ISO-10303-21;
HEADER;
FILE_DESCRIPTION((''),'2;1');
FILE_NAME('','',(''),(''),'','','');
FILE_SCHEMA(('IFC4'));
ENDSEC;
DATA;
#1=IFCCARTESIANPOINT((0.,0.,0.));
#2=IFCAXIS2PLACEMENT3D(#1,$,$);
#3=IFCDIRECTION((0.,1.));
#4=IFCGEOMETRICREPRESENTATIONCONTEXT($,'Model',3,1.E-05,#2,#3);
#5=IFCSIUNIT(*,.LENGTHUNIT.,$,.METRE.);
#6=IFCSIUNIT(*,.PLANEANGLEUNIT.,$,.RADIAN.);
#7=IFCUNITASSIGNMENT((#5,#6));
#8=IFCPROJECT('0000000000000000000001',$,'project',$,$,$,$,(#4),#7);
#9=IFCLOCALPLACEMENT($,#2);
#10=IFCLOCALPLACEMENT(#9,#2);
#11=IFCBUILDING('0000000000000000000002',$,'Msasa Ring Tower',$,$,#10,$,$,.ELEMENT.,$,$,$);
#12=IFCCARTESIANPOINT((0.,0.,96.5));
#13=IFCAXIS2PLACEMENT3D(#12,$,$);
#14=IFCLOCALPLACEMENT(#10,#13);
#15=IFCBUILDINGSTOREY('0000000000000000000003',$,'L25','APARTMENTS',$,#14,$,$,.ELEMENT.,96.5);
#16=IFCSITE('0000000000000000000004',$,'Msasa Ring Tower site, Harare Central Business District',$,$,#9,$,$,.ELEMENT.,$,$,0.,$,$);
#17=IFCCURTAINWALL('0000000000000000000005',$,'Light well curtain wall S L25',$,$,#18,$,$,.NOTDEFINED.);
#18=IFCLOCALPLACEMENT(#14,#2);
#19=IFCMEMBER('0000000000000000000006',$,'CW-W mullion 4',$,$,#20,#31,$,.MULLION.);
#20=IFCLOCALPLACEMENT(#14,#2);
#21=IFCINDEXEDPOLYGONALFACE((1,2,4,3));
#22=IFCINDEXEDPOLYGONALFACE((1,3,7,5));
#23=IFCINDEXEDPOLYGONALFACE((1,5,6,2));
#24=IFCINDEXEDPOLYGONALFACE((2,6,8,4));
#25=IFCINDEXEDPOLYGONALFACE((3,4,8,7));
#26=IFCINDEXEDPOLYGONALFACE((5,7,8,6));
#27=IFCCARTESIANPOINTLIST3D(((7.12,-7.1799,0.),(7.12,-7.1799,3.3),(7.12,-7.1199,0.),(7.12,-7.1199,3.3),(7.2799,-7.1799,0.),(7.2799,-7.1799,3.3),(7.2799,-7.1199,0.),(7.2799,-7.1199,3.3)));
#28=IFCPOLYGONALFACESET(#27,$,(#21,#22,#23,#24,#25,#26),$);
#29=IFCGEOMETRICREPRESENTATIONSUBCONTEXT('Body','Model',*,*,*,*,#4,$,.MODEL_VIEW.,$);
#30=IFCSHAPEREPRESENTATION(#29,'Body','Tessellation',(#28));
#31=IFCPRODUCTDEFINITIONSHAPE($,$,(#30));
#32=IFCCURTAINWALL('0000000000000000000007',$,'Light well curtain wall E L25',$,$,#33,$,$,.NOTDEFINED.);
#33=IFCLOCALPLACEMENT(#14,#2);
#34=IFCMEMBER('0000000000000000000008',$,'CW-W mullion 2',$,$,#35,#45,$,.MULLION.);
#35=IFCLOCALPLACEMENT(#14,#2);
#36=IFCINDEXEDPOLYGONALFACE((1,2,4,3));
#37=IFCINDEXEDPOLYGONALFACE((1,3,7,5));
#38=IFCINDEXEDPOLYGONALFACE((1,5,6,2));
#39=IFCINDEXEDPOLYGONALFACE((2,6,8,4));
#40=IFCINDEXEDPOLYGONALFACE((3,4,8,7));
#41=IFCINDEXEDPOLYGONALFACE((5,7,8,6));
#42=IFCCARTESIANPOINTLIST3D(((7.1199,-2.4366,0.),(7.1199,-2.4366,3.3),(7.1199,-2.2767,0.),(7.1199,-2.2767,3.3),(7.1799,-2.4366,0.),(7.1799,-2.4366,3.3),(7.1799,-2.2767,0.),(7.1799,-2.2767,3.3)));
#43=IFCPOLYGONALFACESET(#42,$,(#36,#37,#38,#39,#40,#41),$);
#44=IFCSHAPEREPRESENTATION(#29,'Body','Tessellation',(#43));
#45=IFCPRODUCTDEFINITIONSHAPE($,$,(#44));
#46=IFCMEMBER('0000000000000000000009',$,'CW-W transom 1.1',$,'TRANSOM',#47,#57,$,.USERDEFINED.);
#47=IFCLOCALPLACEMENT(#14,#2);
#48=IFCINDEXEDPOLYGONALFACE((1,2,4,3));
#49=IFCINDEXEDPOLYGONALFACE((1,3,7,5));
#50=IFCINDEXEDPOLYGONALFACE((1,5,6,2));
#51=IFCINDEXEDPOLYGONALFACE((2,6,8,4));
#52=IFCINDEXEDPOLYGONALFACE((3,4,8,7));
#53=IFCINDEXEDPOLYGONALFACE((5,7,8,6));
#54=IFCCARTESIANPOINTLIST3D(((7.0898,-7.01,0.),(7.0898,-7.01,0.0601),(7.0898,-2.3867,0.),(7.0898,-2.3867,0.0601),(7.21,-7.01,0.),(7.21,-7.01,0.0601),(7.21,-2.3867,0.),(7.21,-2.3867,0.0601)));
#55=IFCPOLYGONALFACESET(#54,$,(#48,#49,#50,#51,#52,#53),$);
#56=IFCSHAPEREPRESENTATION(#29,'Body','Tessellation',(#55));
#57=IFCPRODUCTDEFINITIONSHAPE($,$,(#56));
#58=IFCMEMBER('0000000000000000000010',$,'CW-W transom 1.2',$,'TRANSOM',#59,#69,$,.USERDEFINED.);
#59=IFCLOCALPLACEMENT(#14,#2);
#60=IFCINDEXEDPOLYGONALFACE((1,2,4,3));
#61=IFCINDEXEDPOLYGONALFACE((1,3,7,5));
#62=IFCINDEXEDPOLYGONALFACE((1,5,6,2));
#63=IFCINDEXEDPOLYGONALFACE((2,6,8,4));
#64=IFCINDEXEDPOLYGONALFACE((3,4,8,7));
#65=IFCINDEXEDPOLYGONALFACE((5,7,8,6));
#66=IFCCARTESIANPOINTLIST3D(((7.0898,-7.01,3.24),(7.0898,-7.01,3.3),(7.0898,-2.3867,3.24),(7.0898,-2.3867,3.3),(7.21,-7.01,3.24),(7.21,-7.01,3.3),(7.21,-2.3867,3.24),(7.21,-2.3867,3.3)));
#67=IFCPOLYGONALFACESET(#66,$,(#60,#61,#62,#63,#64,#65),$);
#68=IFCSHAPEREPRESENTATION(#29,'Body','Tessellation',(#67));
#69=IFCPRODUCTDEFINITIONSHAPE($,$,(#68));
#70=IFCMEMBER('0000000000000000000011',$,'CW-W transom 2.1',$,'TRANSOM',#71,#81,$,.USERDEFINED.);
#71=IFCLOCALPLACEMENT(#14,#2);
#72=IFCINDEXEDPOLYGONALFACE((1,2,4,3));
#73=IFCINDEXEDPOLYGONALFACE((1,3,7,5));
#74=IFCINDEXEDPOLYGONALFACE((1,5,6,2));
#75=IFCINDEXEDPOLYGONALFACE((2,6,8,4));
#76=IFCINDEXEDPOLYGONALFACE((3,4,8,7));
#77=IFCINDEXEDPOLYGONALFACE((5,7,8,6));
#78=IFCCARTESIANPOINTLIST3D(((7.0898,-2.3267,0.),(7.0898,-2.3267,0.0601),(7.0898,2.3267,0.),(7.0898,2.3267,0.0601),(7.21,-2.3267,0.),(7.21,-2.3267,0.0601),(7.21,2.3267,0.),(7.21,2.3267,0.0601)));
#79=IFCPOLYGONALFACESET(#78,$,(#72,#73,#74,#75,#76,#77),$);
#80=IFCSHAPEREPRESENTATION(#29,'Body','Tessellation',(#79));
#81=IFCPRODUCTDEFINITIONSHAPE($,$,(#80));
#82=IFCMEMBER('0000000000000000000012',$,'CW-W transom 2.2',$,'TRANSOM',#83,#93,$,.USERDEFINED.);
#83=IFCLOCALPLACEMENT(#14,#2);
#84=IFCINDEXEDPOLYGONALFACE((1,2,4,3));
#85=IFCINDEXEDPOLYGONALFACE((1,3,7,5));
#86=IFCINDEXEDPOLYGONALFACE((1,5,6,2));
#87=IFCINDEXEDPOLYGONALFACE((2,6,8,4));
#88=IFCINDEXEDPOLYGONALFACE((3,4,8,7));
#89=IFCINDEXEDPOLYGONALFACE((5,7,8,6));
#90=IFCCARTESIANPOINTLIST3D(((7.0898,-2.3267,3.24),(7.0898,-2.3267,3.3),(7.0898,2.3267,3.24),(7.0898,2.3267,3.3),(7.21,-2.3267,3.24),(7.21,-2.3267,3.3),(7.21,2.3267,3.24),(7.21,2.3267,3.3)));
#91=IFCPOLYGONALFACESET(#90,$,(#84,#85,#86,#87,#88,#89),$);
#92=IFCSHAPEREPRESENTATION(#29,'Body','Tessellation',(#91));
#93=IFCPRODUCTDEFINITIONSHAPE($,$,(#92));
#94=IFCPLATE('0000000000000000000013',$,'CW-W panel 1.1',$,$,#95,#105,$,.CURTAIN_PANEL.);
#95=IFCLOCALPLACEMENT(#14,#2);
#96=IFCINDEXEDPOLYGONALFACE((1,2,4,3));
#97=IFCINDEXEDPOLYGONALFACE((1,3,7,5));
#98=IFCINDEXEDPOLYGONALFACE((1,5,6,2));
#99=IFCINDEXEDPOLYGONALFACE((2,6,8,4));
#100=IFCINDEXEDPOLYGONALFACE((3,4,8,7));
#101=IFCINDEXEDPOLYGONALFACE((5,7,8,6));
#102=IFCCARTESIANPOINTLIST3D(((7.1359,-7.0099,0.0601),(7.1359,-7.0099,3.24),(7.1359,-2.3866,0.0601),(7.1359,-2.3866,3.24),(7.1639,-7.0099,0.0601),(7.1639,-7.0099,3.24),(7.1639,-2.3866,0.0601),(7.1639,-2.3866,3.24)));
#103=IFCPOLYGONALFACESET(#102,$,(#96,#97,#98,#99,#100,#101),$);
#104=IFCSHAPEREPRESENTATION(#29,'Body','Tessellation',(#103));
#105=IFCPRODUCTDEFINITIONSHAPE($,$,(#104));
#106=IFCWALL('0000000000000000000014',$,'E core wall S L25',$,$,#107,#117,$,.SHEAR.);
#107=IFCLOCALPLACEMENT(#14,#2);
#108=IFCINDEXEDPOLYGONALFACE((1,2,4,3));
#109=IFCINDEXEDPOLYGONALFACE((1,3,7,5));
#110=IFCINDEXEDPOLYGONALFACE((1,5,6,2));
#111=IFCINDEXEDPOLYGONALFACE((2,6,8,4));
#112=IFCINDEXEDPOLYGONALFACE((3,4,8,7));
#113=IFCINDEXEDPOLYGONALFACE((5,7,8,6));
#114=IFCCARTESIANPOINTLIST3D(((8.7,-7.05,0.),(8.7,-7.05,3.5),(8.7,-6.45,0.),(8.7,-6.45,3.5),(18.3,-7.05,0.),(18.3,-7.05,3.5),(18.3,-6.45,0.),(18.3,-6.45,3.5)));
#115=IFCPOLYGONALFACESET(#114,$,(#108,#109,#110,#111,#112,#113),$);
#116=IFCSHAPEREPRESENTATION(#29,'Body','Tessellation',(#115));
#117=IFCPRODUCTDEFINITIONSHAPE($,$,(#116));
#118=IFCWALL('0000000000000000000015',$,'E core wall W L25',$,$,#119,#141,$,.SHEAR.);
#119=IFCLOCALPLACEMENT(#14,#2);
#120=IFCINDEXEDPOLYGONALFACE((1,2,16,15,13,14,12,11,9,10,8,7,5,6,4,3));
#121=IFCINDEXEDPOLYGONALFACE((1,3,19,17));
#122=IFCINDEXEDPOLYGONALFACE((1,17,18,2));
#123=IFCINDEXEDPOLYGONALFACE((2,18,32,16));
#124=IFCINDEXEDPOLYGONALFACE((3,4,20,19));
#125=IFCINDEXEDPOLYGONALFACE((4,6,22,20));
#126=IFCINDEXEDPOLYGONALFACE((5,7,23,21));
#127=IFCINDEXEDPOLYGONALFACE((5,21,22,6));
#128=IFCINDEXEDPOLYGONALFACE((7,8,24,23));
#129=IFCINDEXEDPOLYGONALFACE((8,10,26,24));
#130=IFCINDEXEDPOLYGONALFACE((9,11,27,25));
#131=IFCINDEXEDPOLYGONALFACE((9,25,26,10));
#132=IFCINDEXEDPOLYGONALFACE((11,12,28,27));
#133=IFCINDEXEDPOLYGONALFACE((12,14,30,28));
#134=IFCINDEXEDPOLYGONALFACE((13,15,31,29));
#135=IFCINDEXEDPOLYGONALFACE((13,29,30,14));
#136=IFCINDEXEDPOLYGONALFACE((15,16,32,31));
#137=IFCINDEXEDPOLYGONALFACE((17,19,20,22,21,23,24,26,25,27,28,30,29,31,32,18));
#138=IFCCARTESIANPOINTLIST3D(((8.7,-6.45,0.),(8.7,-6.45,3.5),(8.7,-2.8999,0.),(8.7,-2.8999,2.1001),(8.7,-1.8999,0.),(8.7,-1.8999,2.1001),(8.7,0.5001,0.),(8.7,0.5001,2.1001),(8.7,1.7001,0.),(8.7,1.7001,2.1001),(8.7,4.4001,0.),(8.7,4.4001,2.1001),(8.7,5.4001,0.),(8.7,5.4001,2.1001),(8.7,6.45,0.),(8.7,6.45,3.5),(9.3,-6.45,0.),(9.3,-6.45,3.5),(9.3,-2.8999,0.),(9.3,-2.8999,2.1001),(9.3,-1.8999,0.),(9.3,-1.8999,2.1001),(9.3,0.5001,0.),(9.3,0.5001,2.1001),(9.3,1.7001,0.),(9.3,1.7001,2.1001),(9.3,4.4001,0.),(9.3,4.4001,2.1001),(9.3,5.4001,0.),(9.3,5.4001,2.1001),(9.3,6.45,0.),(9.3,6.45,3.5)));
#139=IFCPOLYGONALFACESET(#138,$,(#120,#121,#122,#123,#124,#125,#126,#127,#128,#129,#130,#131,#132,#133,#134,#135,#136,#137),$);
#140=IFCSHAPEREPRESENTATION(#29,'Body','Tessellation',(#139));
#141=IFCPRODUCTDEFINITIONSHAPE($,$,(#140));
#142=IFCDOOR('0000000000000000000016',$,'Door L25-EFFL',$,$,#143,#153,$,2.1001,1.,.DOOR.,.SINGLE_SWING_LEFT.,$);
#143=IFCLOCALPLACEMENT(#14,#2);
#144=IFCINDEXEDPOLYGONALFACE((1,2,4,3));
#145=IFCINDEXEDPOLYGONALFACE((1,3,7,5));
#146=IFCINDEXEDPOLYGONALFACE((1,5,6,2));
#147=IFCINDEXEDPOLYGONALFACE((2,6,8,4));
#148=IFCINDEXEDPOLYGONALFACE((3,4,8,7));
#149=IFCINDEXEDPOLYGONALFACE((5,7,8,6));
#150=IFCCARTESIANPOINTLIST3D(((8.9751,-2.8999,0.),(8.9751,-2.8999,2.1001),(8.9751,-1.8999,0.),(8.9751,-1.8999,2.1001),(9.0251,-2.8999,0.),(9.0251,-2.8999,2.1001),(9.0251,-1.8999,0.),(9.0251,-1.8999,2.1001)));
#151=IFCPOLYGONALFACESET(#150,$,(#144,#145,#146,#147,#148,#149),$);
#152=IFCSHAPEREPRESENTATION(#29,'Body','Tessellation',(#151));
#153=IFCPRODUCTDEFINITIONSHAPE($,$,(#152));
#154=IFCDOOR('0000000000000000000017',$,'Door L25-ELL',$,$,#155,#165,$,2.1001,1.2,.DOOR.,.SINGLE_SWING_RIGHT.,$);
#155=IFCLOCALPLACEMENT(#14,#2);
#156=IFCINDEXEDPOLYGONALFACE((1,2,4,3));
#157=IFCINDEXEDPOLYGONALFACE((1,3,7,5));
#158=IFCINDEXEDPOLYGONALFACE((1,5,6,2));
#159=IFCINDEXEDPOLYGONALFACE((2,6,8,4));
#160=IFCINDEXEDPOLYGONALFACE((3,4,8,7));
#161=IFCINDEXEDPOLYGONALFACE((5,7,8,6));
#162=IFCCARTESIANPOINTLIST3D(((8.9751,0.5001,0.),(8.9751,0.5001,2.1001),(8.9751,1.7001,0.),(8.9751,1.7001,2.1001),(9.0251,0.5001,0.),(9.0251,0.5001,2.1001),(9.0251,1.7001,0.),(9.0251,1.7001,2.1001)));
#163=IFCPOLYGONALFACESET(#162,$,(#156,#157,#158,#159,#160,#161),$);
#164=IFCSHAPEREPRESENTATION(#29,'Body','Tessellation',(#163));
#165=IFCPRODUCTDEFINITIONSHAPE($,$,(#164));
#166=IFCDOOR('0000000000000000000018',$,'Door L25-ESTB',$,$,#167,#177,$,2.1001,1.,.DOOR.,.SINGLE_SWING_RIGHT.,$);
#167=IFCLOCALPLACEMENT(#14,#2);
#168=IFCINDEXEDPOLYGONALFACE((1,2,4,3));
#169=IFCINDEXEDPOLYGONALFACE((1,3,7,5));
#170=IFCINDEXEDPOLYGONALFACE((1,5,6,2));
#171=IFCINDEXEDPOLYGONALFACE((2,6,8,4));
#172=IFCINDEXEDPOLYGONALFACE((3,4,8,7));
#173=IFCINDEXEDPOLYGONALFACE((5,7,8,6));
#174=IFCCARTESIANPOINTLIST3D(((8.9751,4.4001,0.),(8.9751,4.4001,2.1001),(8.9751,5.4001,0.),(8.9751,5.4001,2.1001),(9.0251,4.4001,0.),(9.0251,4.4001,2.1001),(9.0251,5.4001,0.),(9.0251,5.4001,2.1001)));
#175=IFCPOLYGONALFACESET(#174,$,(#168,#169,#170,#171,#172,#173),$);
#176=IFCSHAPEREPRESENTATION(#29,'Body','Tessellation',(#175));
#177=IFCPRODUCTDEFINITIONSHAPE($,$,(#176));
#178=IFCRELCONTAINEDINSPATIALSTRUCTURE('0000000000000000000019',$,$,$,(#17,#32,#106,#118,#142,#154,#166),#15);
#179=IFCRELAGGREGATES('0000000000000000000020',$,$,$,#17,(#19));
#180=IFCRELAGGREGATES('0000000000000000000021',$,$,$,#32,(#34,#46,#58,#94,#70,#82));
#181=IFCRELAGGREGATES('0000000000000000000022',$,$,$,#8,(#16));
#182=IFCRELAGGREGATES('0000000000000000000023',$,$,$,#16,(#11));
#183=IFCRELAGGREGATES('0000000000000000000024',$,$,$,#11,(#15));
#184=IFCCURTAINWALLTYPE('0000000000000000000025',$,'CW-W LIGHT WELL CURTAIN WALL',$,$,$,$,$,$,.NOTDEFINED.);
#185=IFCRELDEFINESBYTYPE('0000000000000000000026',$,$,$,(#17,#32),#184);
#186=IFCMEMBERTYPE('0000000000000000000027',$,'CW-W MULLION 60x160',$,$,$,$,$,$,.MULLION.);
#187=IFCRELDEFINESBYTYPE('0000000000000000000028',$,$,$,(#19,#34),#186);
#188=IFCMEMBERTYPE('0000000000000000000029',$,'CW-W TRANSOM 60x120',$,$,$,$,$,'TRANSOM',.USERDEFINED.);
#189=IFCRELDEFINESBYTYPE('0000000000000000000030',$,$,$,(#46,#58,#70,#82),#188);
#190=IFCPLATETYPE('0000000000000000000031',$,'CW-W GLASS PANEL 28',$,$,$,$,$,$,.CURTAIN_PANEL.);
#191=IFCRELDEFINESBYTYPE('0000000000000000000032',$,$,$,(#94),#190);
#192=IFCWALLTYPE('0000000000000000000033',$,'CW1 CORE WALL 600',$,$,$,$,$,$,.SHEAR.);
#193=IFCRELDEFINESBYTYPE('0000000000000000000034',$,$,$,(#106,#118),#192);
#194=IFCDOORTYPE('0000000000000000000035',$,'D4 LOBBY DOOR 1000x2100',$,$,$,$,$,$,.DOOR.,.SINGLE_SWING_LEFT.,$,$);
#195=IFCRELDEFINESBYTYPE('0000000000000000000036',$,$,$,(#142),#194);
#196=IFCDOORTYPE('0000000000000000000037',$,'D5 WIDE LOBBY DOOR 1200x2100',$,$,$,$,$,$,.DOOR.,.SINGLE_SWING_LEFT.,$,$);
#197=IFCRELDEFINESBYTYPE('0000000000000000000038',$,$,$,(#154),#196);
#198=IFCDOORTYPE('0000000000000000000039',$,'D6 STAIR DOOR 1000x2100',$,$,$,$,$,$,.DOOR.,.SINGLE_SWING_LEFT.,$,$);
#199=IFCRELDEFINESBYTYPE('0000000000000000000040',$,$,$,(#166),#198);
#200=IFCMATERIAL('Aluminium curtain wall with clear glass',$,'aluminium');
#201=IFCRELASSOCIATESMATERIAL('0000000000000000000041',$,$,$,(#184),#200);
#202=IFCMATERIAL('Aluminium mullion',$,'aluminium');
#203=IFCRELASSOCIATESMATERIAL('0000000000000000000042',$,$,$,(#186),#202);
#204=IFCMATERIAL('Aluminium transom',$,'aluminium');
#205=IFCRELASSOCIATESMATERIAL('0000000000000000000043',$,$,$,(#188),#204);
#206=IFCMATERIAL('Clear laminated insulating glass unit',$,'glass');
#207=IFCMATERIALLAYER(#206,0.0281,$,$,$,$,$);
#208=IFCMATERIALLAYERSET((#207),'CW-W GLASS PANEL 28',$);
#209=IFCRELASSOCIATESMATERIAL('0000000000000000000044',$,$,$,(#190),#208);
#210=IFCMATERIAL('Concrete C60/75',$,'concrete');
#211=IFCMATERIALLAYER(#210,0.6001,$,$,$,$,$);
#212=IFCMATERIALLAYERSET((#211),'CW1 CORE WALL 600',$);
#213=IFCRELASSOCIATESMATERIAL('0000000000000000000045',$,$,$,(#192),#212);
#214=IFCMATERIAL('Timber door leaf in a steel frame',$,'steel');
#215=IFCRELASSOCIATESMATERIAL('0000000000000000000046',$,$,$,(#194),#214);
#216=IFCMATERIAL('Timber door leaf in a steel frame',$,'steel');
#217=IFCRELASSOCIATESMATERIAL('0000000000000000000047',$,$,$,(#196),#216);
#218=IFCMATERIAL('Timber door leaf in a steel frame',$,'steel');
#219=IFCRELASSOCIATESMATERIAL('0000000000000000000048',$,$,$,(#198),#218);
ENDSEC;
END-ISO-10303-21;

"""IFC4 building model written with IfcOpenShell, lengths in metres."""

from ifc_helpers import new_model, si_unit, direction, frame, frame_2d, origin, origin_2d, place, context, subcontext, project, spatial, rectangle, extrude, material, layer, layer_set, material_profile, profile_set, type_object, element, fill, aggregate, save


model = new_model("IFC4")

# Units and contexts
model_context = context("Model", 3, precision=1e-05, world=origin(), true_north=direction((0.0, 1.0)))
body_context = subcontext(model_context, "Body", "Model", "MODEL_VIEW")
ifc_project = project(units=[si_unit("LENGTHUNIT", "METRE"), si_unit("PLANEANGLEUNIT", "RADIAN")], contexts=[model_context])

# Site, building, storey
site_placement = place(None, origin())
site = spatial("IfcSite", under=ifc_project, at=site_placement, Name="Msasa Ring Tower site, Harare Central Business District", CompositionType="ELEMENT", RefElevation=0.0)
building_placement = place(site_placement, origin())
building = spatial("IfcBuilding", under=site, at=building_placement, Name="Msasa Ring Tower", CompositionType="ELEMENT")
storey_placement = place(building_placement, frame((0.0, 0.0, 96.5)))
storey = spatial("IfcBuildingStorey", under=building, at=storey_placement, Name="L25", Description="APARTMENTS", CompositionType="ELEMENT", Elevation=96.5)

# Curtain wall, member
ifc_material_1 = material(Name="Aluminium curtain wall with clear glass", Category="aluminium")
curtain_wall_type = type_object("IfcCurtainWallType", Name="CW-W LIGHT WELL CURTAIN WALL", PredefinedType="NOTDEFINED", material=ifc_material_1)
curtain_wall_1_placement = place(storey_placement, origin())
curtain_wall_1 = element("IfcCurtainWall", 1, at=curtain_wall_1_placement, inside=storey, type_object=curtain_wall_type, Name="Light well curtain wall S L25", PredefinedType="NOTDEFINED")
ifc_material_2 = material(Name="Aluminium mullion", Category="aluminium")
ifc_material_profile_1 = material_profile(ifc_material_2, rectangle(XDim=0.0601, YDim=0.1599, at=origin_2d()), Name="AL 60x160")
ifc_profile_set_1 = profile_set([ifc_material_profile_1], Name="Aluminium mullion")
member_type_1 = type_object("IfcMemberType", Name="CW-W MULLION 60x160", PredefinedType="MULLION", material=ifc_profile_set_1)
member_1_placement = place(storey_placement, frame((7.2, -7.1499, 0.0), z_axis=(0.0, 0.0, 1.0), x_axis=(0.0, 1.0, 0.0)))
member_1 = element("IfcMember", 2, at=member_1_placement, type_object=member_type_1, Name="CW-W mullion 4", PredefinedType="MULLION", context=body_context, shape_type="SweptSolid", body=[
    extrude(rectangle(XDim=0.0601, YDim=0.1599, at=origin_2d()), origin(), (0.0, 0.0, 1.0), 3.3),
])
aggregate(curtain_wall_1, [member_1])

# Curtain wall, members, plate
curtain_wall_2_placement = place(storey_placement, origin())
curtain_wall_2 = element("IfcCurtainWall", 3, at=curtain_wall_2_placement, inside=storey, type_object=curtain_wall_type, Name="Light well curtain wall E L25", PredefinedType="NOTDEFINED")
member_2_placement = place(storey_placement, frame((7.1499, -2.3567, 0.0), z_axis=(0.0, 0.0, 1.0), x_axis=(-1.0, 0.0, 0.0)))
member_2 = element("IfcMember", 4, at=member_2_placement, type_object=member_type_1, Name="CW-W mullion 2", PredefinedType="MULLION", context=body_context, shape_type="SweptSolid", body=[
    extrude(rectangle(XDim=0.0601, YDim=0.1599, at=origin_2d()), origin(), (0.0, 0.0, 1.0), 3.3),
])
ifc_material_3 = material(Name="Aluminium transom", Category="aluminium")
ifc_material_profile_2 = material_profile(ifc_material_3, rectangle(XDim=0.1201, YDim=0.0601, at=origin_2d()), Name="AL 60x120")
ifc_profile_set_2 = profile_set([ifc_material_profile_2], Name="Aluminium transom")
member_type_2 = type_object("IfcMemberType", Name="CW-W TRANSOM 60x120", ElementType="TRANSOM", PredefinedType="USERDEFINED", material=ifc_profile_set_2)
member_3_placement = place(storey_placement, frame((7.1499, -7.01, 0.03), z_axis=(0.0, 1.0, 0.0), x_axis=(-1.0, 0.0, 0.0)))
member_3 = element("IfcMember", 5, at=member_3_placement, type_object=member_type_2, Name="CW-W transom 1.1", ObjectType="TRANSOM", PredefinedType="USERDEFINED", context=body_context, shape_type="SweptSolid", body=[
    extrude(rectangle(XDim=0.1201, YDim=0.0601, at=origin_2d()), origin(), (0.0, 0.0, 1.0), 4.6233),
])
member_4_placement = place(storey_placement, frame((7.1499, -7.01, 3.27), z_axis=(0.0, 1.0, 0.0), x_axis=(-1.0, 0.0, 0.0)))
member_4 = element("IfcMember", 6, at=member_4_placement, type_object=member_type_2, Name="CW-W transom 1.2", ObjectType="TRANSOM", PredefinedType="USERDEFINED", context=body_context, shape_type="SweptSolid", body=[
    extrude(rectangle(XDim=0.1201, YDim=0.0601, at=origin_2d()), origin(), (0.0, 0.0, 1.0), 4.6233),
])
member_5_placement = place(storey_placement, frame((7.1499, -2.3267, 0.03), z_axis=(0.0, 1.0, 0.0), x_axis=(-1.0, 0.0, 0.0)))
member_5 = element("IfcMember", 7, at=member_5_placement, type_object=member_type_2, Name="CW-W transom 2.1", ObjectType="TRANSOM", PredefinedType="USERDEFINED", context=body_context, shape_type="SweptSolid", body=[
    extrude(rectangle(XDim=0.1201, YDim=0.0601, at=origin_2d()), origin(), (0.0, 0.0, 1.0), 4.6533),
])
member_6_placement = place(storey_placement, frame((7.1499, -2.3267, 3.27), z_axis=(0.0, 1.0, 0.0), x_axis=(-1.0, 0.0, 0.0)))
member_6 = element("IfcMember", 8, at=member_6_placement, type_object=member_type_2, Name="CW-W transom 2.2", ObjectType="TRANSOM", PredefinedType="USERDEFINED", context=body_context, shape_type="SweptSolid", body=[
    extrude(rectangle(XDim=0.1201, YDim=0.0601, at=origin_2d()), origin(), (0.0, 0.0, 1.0), 4.6533),
])
ifc_material_4 = material(Name="Clear laminated insulating glass unit", Category="glass")
ifc_layer_1 = layer(ifc_material_4, 0.0281)
ifc_layer_set_1 = layer_set([ifc_layer_1], Name="CW-W GLASS PANEL 28")
plate_type = type_object("IfcPlateType", Name="CW-W GLASS PANEL 28", PredefinedType="CURTAIN_PANEL", material=ifc_layer_set_1)
plate_placement = place(storey_placement, frame((7.1499, -4.6982, 0.0601), z_axis=(0.0, 0.0, 1.0), x_axis=(0.0, 1.0, 0.0)))
plate = element("IfcPlate", 9, at=plate_placement, type_object=plate_type, Name="CW-W panel 1.1", PredefinedType="CURTAIN_PANEL", context=body_context, shape_type="SweptSolid", body=[
    extrude(rectangle(XDim=4.6233, YDim=0.0281, at=origin_2d()), origin(), (0.0, 0.0, 1.0), 3.1799),
])
aggregate(curtain_wall_2, [member_2, member_3, member_4, plate, member_5, member_6])

# Wall
ifc_material_5 = material(Name="Concrete C60/75", Category="concrete")
ifc_layer_2 = layer(ifc_material_5, 0.6001)
ifc_layer_set_2 = layer_set([ifc_layer_2], Name="CW1 CORE WALL 600")
wall_type_1 = type_object("IfcWallType", Name="CW1 CORE WALL 600", PredefinedType="SHEAR", material=ifc_layer_set_2)
wall_1_placement = place(storey_placement, frame((8.7, -6.75, 0.0), z_axis=(0.0, 0.0, 1.0), x_axis=(1.0, 0.0, 0.0)))
element("IfcWall", 10, at=wall_1_placement, inside=storey, type_object=wall_type_1, Name="E core wall S L25", PredefinedType="SHEAR", context=body_context, shape_type="SweptSolid", body=[
    extrude(rectangle(XDim=9.6001, YDim=0.6001, at=frame_2d((4.8, 0.0))), origin(), (0.0, 0.0, 1.0), 3.5),
])

# Wall, openings, doors
wall_2_placement = place(storey_placement, frame((9.0, -6.45, 0.0), z_axis=(0.0, 0.0, 1.0), x_axis=(0.0, 1.0, 0.0)))
wall_2 = element("IfcWall", 11, at=wall_2_placement, inside=storey, type_object=wall_type_1, Name="E core wall W L25", PredefinedType="SHEAR", context=body_context, shape_type="SweptSolid", body=[
    extrude(rectangle(XDim=12.8999, YDim=0.6001, at=frame_2d((6.45, 0.0))), origin(), (0.0, 0.0, 1.0), 3.5),
])
opening_1_placement = place(wall_2_placement, frame((3.55, 0.0, 0.0)))
opening_1 = element("IfcOpeningElement", 12, at=opening_1_placement, cuts=wall_2, PredefinedType="OPENING", context=body_context, shape_type="SweptSolid", body=[
    extrude(rectangle(XDim=1.0, YDim=2.1001, at=frame_2d((0.5, 1.05))), frame((0.0, 0.3101, 0.0), z_axis=(0.0, -1.0, 0.0), x_axis=(1.0, 0.0, 0.0)), (0.0, 0.0, 1.0), 0.6201),
])
opening_2_placement = place(wall_2_placement, frame((6.95, 0.0, 0.0)))
opening_2 = element("IfcOpeningElement", 13, at=opening_2_placement, cuts=wall_2, PredefinedType="OPENING", context=body_context, shape_type="SweptSolid", body=[
    extrude(rectangle(XDim=1.2, YDim=2.1001, at=frame_2d((0.6001, 1.05))), frame((0.0, 0.3101, 0.0), z_axis=(0.0, -1.0, 0.0), x_axis=(1.0, 0.0, 0.0)), (0.0, 0.0, 1.0), 0.6201),
])
opening_3_placement = place(wall_2_placement, frame((10.8501, 0.0, 0.0)))
opening_3 = element("IfcOpeningElement", 14, at=opening_3_placement, cuts=wall_2, PredefinedType="OPENING", context=body_context, shape_type="SweptSolid", body=[
    extrude(rectangle(XDim=1.0, YDim=2.1001, at=frame_2d((0.5, 1.05))), frame((0.0, 0.3101, 0.0), z_axis=(0.0, -1.0, 0.0), x_axis=(1.0, 0.0, 0.0)), (0.0, 0.0, 1.0), 0.6201),
])
ifc_material_6 = material(Name="Timber door leaf in a steel frame", Category="steel")
door_type_1 = type_object("IfcDoorType", Name="D4 LOBBY DOOR 1000x2100", OperationType="SINGLE_SWING_LEFT", PredefinedType="DOOR", material=ifc_material_6)
door_1_placement = place(opening_1_placement, origin())
door_1 = element("IfcDoor", 15, at=door_1_placement, inside=storey, type_object=door_type_1, Name="Door L25-EFFL", OperationType="SINGLE_SWING_LEFT", OverallHeight=2.1001, OverallWidth=1.0, PredefinedType="DOOR", context=body_context, shape_type="SweptSolid", body=[
    extrude(rectangle(XDim=1.0, YDim=2.1001, at=frame_2d((0.5, 1.05))), frame((0.0, 0.0249, 0.0), z_axis=(0.0, -1.0, 0.0), x_axis=(1.0, 0.0, 0.0)), (0.0, 0.0, 1.0), 0.05),
])
fill(opening_1, door_1)
ifc_material_7 = material(Name="Timber door leaf in a steel frame", Category="steel")
door_type_2 = type_object("IfcDoorType", Name="D5 WIDE LOBBY DOOR 1200x2100", OperationType="SINGLE_SWING_LEFT", PredefinedType="DOOR", material=ifc_material_7)
door_2_placement = place(opening_2_placement, origin())
door_2 = element("IfcDoor", 16, at=door_2_placement, inside=storey, type_object=door_type_2, Name="Door L25-ELL", OperationType="SINGLE_SWING_RIGHT", OverallHeight=2.1001, OverallWidth=1.2, PredefinedType="DOOR", context=body_context, shape_type="SweptSolid", body=[
    extrude(rectangle(XDim=1.2, YDim=2.1001, at=frame_2d((0.6001, 1.05))), frame((0.0, 0.0249, 0.0), z_axis=(0.0, -1.0, 0.0), x_axis=(1.0, 0.0, 0.0)), (0.0, 0.0, 1.0), 0.05),
])
fill(opening_2, door_2)
ifc_material_8 = material(Name="Timber door leaf in a steel frame", Category="steel")
door_type_3 = type_object("IfcDoorType", Name="D6 STAIR DOOR 1000x2100", OperationType="SINGLE_SWING_LEFT", PredefinedType="DOOR", material=ifc_material_8)
door_3_placement = place(opening_3_placement, origin())
door_3 = element("IfcDoor", 17, at=door_3_placement, inside=storey, type_object=door_type_3, Name="Door L25-ESTB", OperationType="SINGLE_SWING_RIGHT", OverallHeight=2.1001, OverallWidth=1.0, PredefinedType="DOOR", context=body_context, shape_type="SweptSolid", body=[
    extrude(rectangle(XDim=1.0, YDim=2.1001, at=frame_2d((0.5, 1.05))), frame((0.0, 0.0249, 0.0), z_axis=(0.0, -1.0, 0.0), x_axis=(1.0, 0.0, 0.0)), (0.0, 0.0, 1.0), 0.05),
])
fill(opening_3, door_3)

save(model, "model.ifc")
